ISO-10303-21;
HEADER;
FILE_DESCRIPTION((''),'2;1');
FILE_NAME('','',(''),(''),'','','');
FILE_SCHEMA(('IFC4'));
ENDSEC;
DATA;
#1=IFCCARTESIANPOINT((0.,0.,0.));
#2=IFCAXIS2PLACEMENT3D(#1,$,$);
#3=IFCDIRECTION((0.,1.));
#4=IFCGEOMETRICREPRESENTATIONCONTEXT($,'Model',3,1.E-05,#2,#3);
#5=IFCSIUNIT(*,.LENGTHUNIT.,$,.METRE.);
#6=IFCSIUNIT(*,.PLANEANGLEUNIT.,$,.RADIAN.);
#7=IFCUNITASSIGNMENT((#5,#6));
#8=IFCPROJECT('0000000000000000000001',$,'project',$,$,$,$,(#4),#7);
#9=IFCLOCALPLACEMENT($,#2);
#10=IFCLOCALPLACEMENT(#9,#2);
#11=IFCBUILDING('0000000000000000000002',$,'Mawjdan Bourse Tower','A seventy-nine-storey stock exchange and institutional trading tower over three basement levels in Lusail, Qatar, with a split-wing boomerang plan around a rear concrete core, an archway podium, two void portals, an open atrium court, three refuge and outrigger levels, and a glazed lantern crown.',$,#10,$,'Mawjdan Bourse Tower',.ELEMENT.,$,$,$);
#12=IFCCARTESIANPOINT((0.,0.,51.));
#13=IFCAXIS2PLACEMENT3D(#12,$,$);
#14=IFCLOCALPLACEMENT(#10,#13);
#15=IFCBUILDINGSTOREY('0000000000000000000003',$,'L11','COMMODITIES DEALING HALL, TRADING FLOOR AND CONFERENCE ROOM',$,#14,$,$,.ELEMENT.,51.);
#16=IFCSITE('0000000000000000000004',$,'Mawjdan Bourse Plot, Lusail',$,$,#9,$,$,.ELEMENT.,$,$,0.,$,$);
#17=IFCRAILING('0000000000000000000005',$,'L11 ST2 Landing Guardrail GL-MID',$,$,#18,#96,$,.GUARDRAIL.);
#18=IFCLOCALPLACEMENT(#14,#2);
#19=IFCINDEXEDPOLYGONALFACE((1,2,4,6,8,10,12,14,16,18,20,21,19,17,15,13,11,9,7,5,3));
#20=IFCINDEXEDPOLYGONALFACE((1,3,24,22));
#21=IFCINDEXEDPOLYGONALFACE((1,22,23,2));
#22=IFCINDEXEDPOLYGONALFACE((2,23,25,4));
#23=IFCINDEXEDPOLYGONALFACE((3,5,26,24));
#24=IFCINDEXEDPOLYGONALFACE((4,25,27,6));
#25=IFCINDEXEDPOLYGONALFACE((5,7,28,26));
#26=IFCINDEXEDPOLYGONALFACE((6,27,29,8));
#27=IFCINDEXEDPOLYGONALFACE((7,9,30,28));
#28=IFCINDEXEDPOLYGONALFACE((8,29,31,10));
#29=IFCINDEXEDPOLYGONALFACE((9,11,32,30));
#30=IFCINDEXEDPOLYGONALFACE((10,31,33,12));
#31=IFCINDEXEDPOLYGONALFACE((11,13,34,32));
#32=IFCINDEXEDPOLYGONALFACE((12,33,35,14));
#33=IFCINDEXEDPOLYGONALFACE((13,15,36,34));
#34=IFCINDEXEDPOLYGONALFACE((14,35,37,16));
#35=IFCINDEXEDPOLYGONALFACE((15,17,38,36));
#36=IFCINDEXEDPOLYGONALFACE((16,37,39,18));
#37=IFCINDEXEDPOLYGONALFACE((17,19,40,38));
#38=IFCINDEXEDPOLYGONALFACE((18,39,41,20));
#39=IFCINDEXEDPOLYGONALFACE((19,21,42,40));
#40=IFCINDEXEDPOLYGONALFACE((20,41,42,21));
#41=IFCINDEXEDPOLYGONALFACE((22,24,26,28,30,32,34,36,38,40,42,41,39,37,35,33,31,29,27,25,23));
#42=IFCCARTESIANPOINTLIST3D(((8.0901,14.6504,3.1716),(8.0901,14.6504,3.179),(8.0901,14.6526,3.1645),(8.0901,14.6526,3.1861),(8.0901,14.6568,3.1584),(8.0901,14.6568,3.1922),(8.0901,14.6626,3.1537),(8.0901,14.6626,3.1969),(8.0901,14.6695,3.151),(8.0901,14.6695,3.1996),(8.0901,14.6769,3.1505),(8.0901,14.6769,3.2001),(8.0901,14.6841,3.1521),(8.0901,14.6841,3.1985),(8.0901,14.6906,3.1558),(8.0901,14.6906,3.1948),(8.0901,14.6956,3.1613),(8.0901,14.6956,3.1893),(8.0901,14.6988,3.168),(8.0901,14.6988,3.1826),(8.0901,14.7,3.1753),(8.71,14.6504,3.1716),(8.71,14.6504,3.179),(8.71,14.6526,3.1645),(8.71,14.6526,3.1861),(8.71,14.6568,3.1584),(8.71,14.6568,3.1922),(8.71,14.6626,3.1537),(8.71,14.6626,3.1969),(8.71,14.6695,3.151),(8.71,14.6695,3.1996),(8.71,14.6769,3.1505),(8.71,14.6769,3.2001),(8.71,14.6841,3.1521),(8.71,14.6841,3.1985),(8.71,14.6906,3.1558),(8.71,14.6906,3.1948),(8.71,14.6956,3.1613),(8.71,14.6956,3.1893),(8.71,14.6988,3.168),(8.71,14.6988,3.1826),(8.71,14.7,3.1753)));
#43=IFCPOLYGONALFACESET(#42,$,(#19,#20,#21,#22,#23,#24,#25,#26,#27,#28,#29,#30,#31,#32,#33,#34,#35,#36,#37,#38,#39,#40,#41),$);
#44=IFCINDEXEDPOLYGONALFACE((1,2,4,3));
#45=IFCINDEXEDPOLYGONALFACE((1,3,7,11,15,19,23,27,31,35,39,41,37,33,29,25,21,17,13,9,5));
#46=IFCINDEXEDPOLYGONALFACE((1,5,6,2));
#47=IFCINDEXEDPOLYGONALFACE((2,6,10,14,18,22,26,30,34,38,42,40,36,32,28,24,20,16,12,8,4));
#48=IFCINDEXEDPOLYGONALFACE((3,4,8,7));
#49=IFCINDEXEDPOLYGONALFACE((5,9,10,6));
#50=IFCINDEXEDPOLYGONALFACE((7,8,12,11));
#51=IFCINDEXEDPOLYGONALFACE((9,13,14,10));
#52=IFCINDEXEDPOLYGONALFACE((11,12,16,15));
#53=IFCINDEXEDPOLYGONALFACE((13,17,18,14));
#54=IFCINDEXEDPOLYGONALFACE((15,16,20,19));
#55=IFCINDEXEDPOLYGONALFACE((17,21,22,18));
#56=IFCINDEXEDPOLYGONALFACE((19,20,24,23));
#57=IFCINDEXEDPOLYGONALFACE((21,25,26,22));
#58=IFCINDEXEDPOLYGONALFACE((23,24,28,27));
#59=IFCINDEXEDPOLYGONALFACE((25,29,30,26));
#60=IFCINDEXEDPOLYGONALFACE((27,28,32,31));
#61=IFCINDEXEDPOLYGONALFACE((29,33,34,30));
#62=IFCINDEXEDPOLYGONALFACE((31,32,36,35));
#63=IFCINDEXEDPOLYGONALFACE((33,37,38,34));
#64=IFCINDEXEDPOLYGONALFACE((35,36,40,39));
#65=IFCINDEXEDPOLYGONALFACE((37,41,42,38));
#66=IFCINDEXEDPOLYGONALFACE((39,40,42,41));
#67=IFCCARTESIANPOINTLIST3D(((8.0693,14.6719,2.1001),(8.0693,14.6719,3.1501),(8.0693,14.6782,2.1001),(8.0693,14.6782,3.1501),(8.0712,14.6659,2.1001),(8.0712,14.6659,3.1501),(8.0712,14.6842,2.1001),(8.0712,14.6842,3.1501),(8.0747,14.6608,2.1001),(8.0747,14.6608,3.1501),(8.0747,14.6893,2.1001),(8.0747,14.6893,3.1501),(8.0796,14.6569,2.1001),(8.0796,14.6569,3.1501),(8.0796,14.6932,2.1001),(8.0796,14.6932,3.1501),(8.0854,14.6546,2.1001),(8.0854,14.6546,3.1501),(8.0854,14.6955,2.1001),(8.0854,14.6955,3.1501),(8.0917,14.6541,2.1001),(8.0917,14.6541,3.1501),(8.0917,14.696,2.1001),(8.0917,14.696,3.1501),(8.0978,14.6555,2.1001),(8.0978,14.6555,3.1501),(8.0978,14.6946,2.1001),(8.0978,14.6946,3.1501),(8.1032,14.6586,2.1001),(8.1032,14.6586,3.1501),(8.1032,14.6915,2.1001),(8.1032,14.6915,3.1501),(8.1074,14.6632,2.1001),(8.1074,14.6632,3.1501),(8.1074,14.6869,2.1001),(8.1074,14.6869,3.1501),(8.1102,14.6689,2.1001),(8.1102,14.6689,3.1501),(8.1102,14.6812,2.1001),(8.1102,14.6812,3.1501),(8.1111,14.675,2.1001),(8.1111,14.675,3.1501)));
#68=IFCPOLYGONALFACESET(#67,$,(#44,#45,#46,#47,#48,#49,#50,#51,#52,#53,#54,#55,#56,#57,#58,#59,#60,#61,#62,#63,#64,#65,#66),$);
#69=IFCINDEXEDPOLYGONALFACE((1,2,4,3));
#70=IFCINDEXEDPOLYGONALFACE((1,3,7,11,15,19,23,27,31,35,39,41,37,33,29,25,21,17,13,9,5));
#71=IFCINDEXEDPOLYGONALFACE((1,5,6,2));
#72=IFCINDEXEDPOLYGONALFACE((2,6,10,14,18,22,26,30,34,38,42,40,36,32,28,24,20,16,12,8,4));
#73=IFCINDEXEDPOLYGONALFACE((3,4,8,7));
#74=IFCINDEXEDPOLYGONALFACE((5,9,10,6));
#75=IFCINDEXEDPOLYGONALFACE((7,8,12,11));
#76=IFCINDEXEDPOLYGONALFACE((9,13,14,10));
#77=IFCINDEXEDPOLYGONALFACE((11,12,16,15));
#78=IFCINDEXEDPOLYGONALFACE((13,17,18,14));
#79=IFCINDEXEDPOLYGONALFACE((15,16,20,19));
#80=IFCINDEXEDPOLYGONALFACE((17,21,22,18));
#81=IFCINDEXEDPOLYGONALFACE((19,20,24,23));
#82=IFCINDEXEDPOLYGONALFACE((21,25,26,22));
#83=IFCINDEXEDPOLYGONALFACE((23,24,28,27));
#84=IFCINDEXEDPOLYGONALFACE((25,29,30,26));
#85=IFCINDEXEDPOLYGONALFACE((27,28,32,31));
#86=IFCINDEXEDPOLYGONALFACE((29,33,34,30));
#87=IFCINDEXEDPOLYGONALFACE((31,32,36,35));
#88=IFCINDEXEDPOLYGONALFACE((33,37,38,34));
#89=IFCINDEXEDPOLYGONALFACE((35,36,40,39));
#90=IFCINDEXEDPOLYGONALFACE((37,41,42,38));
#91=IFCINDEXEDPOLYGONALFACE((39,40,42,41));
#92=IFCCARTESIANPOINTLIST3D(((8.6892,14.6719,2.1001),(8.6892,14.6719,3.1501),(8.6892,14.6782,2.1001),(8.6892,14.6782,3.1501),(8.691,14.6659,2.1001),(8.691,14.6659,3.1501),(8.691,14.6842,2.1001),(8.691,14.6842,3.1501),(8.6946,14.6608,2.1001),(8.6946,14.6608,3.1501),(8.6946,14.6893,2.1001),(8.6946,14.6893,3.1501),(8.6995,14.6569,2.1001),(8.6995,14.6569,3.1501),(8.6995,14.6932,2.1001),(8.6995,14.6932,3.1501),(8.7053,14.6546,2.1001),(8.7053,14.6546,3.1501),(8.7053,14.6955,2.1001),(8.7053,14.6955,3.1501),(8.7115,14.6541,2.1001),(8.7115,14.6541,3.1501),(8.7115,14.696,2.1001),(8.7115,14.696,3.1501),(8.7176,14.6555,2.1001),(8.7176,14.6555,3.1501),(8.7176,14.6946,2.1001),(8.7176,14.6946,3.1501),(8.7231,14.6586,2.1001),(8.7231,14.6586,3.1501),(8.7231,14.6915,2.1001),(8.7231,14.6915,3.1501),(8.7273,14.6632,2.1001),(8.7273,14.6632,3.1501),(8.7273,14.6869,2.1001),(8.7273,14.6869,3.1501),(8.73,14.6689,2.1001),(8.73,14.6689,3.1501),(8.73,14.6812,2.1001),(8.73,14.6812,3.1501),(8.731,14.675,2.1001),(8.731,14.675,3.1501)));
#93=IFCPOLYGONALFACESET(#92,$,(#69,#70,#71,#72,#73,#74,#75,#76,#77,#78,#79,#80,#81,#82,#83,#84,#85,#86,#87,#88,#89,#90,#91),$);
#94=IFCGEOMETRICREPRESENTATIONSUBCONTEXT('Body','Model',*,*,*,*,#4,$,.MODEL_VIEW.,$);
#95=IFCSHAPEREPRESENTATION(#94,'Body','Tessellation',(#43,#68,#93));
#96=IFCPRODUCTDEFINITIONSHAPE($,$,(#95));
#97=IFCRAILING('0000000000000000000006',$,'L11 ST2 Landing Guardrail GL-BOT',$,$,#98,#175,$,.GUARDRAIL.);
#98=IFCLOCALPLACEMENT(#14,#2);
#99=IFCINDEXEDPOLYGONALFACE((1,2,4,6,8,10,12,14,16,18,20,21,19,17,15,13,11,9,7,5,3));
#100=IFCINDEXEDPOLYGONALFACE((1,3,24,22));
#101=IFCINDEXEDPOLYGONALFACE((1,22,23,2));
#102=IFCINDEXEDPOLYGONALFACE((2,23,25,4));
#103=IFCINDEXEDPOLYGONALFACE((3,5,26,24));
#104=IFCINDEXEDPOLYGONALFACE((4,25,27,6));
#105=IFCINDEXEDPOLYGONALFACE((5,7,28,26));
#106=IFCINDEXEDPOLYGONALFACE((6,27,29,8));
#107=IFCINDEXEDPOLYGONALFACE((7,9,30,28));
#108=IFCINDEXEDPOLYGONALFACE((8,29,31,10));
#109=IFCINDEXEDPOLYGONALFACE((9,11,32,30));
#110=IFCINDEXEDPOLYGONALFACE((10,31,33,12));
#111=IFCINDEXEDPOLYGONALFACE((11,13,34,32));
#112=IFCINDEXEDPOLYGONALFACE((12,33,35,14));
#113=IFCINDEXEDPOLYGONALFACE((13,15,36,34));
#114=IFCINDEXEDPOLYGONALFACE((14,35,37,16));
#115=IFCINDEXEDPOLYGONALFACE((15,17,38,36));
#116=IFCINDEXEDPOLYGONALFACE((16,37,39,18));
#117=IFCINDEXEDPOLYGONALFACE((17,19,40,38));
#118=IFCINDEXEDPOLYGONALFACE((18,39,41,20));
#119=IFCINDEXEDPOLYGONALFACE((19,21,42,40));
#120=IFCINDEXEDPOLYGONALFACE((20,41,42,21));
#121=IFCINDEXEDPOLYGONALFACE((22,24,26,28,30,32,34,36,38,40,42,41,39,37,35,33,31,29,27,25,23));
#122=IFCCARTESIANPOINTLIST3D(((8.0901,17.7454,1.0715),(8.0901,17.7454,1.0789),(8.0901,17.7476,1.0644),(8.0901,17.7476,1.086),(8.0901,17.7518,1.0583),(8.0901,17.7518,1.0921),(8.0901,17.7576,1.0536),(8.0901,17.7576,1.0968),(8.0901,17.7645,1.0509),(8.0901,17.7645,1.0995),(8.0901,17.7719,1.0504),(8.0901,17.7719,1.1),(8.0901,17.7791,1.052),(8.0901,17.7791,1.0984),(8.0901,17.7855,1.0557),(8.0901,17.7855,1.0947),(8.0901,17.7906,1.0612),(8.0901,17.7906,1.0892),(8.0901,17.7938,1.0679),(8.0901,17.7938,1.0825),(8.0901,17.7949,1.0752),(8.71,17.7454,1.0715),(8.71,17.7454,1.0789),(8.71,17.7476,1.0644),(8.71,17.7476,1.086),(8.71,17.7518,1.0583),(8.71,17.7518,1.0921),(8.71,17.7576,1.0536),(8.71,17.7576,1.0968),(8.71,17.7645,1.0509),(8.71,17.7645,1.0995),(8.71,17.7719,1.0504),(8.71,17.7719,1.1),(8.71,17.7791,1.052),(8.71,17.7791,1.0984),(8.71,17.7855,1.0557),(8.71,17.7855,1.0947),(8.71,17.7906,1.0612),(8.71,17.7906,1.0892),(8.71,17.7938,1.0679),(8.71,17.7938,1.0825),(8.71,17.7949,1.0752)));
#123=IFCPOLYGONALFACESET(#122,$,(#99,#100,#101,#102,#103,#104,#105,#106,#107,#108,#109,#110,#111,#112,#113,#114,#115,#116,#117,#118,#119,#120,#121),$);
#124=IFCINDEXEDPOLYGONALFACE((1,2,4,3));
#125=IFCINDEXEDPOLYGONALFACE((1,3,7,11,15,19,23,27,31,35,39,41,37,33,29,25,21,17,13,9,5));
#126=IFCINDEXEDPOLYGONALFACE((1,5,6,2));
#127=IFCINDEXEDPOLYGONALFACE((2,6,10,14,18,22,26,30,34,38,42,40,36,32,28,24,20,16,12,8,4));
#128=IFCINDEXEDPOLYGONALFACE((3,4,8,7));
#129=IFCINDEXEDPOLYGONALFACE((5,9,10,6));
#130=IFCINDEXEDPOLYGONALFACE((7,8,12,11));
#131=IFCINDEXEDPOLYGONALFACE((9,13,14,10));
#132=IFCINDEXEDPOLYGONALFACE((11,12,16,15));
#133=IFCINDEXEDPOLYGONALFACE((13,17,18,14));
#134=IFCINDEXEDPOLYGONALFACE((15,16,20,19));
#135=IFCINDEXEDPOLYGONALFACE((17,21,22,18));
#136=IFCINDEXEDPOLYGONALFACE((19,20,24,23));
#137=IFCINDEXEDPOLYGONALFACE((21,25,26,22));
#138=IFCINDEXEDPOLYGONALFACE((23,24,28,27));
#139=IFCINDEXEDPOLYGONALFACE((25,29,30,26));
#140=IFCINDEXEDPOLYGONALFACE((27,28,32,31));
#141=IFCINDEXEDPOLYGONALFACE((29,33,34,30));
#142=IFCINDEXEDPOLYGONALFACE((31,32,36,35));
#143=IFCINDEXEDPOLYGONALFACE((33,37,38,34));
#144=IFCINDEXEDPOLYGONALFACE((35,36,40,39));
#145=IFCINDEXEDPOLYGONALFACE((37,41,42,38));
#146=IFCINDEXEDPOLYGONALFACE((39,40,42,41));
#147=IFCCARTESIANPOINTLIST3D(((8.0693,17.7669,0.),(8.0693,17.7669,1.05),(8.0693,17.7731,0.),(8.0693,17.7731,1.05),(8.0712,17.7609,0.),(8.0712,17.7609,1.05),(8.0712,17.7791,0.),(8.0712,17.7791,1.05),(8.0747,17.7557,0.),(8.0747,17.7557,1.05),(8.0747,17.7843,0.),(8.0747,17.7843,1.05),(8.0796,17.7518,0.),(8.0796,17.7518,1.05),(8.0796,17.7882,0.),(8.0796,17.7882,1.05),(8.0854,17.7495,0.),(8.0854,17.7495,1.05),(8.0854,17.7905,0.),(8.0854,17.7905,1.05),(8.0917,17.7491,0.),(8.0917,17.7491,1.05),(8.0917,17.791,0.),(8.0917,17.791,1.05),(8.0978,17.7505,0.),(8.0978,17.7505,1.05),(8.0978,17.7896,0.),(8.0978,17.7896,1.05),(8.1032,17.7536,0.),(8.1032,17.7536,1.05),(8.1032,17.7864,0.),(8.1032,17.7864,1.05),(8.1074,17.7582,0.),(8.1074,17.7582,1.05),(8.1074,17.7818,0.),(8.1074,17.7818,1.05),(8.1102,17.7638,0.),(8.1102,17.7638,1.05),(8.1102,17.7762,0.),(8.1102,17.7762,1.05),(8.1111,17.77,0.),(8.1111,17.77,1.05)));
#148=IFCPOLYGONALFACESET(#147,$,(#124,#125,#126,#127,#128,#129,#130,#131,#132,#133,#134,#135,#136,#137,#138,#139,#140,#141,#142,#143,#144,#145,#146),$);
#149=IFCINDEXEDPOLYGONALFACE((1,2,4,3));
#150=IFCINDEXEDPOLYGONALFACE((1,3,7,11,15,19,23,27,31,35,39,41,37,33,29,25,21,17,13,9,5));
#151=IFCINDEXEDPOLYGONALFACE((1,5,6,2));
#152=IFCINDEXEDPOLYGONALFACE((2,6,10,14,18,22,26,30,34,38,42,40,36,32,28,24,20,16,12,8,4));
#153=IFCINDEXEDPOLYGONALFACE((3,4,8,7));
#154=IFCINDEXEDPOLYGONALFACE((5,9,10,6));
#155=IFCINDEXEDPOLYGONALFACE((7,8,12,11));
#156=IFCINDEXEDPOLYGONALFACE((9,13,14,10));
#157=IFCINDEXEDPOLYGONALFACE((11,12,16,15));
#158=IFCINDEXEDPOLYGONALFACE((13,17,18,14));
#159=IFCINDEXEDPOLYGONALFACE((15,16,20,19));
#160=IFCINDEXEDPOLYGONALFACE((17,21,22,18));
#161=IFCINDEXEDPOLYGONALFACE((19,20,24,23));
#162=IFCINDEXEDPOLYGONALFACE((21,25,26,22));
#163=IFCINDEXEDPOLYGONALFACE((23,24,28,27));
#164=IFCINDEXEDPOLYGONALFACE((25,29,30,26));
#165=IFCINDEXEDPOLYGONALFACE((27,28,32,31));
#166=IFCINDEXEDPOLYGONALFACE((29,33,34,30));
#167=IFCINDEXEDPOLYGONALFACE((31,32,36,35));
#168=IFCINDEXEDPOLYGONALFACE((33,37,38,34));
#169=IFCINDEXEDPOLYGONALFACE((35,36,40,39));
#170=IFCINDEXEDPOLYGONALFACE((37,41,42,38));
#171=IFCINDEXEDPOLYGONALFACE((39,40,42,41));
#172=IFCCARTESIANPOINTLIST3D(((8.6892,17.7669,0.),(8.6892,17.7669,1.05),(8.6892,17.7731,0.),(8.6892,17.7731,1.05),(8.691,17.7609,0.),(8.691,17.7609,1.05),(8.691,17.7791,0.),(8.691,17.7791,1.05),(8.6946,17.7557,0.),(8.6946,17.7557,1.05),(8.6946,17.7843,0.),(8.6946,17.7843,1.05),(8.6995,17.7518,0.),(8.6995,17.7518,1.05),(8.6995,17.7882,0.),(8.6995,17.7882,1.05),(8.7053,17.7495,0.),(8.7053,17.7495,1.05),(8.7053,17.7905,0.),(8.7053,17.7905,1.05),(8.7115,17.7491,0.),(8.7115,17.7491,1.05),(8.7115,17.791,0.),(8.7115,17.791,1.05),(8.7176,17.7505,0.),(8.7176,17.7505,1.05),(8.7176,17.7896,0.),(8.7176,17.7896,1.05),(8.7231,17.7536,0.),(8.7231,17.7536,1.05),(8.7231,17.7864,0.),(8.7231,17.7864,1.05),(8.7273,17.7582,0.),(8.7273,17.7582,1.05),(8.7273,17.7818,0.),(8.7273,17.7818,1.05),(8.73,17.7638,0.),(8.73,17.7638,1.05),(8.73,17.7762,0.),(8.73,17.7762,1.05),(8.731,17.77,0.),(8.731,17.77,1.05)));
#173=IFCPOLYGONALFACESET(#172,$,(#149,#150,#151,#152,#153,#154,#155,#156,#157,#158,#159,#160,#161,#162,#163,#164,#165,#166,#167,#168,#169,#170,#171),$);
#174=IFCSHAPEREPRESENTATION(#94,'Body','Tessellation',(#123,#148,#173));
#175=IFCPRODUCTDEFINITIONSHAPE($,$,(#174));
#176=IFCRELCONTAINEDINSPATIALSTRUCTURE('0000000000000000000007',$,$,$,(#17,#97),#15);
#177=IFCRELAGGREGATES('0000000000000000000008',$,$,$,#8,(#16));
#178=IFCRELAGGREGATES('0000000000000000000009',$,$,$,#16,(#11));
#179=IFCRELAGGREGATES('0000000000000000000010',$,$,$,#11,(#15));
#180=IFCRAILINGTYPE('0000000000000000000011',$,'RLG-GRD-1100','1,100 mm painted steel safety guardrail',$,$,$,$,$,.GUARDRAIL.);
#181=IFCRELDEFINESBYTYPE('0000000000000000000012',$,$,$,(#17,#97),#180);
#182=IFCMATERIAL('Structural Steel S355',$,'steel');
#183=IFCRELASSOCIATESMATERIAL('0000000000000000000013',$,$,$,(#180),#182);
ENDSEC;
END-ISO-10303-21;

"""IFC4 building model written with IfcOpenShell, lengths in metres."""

from ifc_helpers import new_model, si_unit, direction, frame, origin, origin_2d, place, context, subcontext, project, spatial, circle, extrude, material, type_object, element, save


model = new_model("IFC4")

# Units and contexts
model_context = context("Model", 3, precision=1e-05, world=origin(), true_north=direction((0.0, 1.0)))
body_context = subcontext(model_context, "Body", "Model", "MODEL_VIEW")
ifc_project = project(units=[si_unit("LENGTHUNIT", "METRE"), si_unit("PLANEANGLEUNIT", "RADIAN")], contexts=[model_context])

# Site, building, storey
site_placement = place(None, origin())
site = spatial("IfcSite", under=ifc_project, at=site_placement, Name="Mawjdan Bourse Plot, Lusail", CompositionType="ELEMENT", RefElevation=0.0)
building_placement = place(site_placement, origin())
building = spatial("IfcBuilding", under=site, at=building_placement, Name="Mawjdan Bourse Tower", Description="A seventy-nine-storey stock exchange and institutional trading tower over three basement levels in Lusail, Qatar, with a split-wing boomerang plan around a rear concrete core, an archway podium, two void portals, an open atrium court, three refuge and outrigger levels, and a glazed lantern crown.", LongName="Mawjdan Bourse Tower", CompositionType="ELEMENT")
storey_placement = place(building_placement, frame((0.0, 0.0, 51.0)))
storey = spatial("IfcBuildingStorey", under=building, at=storey_placement, Name="L11", Description="COMMODITIES DEALING HALL, TRADING FLOOR AND CONFERENCE ROOM", CompositionType="ELEMENT", Elevation=51.0)

# Shared definitions
ifc_material_1 = material(Name="Structural Steel S355", Category="steel")

# Railings
railing_type_1 = type_object("IfcRailingType", Name="RLG-GRD-1100", Description="1,100 mm painted steel safety guardrail", PredefinedType="GUARDRAIL", material=ifc_material_1)
for number, where, name in (
    (1, (8.0901, 14.675, 2.1001), "L11 ST2 Landing Guardrail GL-MID"),
    (2, (8.0901, 17.77, 0.0), "L11 ST2 Landing Guardrail GL-BOT"),
):
    element("IfcRailing", number, at=place(storey_placement, frame(where)), inside=storey, type_object=railing_type_1, Name=name, PredefinedType="GUARDRAIL", context=body_context, shape_type="SweptSolid", body=[
        extrude(circle(Radius=0.0249, at=origin_2d()), frame((0.0, 0.0, 1.0752), z_axis=(1.0, 0.0, 0.0), x_axis=(0.0, 1.0, 0.0)), (0.0, 0.0, 1.0), 0.6199),
        extrude(circle(Radius=0.021, at=origin_2d()), origin(), (0.0, 0.0, 1.0), 1.05),
        extrude(circle(Radius=0.021, at=origin_2d()), frame((0.6199, 0.0, 0.0)), (0.0, 0.0, 1.0), 1.05),
    ])

save(model, "model.ifc")
